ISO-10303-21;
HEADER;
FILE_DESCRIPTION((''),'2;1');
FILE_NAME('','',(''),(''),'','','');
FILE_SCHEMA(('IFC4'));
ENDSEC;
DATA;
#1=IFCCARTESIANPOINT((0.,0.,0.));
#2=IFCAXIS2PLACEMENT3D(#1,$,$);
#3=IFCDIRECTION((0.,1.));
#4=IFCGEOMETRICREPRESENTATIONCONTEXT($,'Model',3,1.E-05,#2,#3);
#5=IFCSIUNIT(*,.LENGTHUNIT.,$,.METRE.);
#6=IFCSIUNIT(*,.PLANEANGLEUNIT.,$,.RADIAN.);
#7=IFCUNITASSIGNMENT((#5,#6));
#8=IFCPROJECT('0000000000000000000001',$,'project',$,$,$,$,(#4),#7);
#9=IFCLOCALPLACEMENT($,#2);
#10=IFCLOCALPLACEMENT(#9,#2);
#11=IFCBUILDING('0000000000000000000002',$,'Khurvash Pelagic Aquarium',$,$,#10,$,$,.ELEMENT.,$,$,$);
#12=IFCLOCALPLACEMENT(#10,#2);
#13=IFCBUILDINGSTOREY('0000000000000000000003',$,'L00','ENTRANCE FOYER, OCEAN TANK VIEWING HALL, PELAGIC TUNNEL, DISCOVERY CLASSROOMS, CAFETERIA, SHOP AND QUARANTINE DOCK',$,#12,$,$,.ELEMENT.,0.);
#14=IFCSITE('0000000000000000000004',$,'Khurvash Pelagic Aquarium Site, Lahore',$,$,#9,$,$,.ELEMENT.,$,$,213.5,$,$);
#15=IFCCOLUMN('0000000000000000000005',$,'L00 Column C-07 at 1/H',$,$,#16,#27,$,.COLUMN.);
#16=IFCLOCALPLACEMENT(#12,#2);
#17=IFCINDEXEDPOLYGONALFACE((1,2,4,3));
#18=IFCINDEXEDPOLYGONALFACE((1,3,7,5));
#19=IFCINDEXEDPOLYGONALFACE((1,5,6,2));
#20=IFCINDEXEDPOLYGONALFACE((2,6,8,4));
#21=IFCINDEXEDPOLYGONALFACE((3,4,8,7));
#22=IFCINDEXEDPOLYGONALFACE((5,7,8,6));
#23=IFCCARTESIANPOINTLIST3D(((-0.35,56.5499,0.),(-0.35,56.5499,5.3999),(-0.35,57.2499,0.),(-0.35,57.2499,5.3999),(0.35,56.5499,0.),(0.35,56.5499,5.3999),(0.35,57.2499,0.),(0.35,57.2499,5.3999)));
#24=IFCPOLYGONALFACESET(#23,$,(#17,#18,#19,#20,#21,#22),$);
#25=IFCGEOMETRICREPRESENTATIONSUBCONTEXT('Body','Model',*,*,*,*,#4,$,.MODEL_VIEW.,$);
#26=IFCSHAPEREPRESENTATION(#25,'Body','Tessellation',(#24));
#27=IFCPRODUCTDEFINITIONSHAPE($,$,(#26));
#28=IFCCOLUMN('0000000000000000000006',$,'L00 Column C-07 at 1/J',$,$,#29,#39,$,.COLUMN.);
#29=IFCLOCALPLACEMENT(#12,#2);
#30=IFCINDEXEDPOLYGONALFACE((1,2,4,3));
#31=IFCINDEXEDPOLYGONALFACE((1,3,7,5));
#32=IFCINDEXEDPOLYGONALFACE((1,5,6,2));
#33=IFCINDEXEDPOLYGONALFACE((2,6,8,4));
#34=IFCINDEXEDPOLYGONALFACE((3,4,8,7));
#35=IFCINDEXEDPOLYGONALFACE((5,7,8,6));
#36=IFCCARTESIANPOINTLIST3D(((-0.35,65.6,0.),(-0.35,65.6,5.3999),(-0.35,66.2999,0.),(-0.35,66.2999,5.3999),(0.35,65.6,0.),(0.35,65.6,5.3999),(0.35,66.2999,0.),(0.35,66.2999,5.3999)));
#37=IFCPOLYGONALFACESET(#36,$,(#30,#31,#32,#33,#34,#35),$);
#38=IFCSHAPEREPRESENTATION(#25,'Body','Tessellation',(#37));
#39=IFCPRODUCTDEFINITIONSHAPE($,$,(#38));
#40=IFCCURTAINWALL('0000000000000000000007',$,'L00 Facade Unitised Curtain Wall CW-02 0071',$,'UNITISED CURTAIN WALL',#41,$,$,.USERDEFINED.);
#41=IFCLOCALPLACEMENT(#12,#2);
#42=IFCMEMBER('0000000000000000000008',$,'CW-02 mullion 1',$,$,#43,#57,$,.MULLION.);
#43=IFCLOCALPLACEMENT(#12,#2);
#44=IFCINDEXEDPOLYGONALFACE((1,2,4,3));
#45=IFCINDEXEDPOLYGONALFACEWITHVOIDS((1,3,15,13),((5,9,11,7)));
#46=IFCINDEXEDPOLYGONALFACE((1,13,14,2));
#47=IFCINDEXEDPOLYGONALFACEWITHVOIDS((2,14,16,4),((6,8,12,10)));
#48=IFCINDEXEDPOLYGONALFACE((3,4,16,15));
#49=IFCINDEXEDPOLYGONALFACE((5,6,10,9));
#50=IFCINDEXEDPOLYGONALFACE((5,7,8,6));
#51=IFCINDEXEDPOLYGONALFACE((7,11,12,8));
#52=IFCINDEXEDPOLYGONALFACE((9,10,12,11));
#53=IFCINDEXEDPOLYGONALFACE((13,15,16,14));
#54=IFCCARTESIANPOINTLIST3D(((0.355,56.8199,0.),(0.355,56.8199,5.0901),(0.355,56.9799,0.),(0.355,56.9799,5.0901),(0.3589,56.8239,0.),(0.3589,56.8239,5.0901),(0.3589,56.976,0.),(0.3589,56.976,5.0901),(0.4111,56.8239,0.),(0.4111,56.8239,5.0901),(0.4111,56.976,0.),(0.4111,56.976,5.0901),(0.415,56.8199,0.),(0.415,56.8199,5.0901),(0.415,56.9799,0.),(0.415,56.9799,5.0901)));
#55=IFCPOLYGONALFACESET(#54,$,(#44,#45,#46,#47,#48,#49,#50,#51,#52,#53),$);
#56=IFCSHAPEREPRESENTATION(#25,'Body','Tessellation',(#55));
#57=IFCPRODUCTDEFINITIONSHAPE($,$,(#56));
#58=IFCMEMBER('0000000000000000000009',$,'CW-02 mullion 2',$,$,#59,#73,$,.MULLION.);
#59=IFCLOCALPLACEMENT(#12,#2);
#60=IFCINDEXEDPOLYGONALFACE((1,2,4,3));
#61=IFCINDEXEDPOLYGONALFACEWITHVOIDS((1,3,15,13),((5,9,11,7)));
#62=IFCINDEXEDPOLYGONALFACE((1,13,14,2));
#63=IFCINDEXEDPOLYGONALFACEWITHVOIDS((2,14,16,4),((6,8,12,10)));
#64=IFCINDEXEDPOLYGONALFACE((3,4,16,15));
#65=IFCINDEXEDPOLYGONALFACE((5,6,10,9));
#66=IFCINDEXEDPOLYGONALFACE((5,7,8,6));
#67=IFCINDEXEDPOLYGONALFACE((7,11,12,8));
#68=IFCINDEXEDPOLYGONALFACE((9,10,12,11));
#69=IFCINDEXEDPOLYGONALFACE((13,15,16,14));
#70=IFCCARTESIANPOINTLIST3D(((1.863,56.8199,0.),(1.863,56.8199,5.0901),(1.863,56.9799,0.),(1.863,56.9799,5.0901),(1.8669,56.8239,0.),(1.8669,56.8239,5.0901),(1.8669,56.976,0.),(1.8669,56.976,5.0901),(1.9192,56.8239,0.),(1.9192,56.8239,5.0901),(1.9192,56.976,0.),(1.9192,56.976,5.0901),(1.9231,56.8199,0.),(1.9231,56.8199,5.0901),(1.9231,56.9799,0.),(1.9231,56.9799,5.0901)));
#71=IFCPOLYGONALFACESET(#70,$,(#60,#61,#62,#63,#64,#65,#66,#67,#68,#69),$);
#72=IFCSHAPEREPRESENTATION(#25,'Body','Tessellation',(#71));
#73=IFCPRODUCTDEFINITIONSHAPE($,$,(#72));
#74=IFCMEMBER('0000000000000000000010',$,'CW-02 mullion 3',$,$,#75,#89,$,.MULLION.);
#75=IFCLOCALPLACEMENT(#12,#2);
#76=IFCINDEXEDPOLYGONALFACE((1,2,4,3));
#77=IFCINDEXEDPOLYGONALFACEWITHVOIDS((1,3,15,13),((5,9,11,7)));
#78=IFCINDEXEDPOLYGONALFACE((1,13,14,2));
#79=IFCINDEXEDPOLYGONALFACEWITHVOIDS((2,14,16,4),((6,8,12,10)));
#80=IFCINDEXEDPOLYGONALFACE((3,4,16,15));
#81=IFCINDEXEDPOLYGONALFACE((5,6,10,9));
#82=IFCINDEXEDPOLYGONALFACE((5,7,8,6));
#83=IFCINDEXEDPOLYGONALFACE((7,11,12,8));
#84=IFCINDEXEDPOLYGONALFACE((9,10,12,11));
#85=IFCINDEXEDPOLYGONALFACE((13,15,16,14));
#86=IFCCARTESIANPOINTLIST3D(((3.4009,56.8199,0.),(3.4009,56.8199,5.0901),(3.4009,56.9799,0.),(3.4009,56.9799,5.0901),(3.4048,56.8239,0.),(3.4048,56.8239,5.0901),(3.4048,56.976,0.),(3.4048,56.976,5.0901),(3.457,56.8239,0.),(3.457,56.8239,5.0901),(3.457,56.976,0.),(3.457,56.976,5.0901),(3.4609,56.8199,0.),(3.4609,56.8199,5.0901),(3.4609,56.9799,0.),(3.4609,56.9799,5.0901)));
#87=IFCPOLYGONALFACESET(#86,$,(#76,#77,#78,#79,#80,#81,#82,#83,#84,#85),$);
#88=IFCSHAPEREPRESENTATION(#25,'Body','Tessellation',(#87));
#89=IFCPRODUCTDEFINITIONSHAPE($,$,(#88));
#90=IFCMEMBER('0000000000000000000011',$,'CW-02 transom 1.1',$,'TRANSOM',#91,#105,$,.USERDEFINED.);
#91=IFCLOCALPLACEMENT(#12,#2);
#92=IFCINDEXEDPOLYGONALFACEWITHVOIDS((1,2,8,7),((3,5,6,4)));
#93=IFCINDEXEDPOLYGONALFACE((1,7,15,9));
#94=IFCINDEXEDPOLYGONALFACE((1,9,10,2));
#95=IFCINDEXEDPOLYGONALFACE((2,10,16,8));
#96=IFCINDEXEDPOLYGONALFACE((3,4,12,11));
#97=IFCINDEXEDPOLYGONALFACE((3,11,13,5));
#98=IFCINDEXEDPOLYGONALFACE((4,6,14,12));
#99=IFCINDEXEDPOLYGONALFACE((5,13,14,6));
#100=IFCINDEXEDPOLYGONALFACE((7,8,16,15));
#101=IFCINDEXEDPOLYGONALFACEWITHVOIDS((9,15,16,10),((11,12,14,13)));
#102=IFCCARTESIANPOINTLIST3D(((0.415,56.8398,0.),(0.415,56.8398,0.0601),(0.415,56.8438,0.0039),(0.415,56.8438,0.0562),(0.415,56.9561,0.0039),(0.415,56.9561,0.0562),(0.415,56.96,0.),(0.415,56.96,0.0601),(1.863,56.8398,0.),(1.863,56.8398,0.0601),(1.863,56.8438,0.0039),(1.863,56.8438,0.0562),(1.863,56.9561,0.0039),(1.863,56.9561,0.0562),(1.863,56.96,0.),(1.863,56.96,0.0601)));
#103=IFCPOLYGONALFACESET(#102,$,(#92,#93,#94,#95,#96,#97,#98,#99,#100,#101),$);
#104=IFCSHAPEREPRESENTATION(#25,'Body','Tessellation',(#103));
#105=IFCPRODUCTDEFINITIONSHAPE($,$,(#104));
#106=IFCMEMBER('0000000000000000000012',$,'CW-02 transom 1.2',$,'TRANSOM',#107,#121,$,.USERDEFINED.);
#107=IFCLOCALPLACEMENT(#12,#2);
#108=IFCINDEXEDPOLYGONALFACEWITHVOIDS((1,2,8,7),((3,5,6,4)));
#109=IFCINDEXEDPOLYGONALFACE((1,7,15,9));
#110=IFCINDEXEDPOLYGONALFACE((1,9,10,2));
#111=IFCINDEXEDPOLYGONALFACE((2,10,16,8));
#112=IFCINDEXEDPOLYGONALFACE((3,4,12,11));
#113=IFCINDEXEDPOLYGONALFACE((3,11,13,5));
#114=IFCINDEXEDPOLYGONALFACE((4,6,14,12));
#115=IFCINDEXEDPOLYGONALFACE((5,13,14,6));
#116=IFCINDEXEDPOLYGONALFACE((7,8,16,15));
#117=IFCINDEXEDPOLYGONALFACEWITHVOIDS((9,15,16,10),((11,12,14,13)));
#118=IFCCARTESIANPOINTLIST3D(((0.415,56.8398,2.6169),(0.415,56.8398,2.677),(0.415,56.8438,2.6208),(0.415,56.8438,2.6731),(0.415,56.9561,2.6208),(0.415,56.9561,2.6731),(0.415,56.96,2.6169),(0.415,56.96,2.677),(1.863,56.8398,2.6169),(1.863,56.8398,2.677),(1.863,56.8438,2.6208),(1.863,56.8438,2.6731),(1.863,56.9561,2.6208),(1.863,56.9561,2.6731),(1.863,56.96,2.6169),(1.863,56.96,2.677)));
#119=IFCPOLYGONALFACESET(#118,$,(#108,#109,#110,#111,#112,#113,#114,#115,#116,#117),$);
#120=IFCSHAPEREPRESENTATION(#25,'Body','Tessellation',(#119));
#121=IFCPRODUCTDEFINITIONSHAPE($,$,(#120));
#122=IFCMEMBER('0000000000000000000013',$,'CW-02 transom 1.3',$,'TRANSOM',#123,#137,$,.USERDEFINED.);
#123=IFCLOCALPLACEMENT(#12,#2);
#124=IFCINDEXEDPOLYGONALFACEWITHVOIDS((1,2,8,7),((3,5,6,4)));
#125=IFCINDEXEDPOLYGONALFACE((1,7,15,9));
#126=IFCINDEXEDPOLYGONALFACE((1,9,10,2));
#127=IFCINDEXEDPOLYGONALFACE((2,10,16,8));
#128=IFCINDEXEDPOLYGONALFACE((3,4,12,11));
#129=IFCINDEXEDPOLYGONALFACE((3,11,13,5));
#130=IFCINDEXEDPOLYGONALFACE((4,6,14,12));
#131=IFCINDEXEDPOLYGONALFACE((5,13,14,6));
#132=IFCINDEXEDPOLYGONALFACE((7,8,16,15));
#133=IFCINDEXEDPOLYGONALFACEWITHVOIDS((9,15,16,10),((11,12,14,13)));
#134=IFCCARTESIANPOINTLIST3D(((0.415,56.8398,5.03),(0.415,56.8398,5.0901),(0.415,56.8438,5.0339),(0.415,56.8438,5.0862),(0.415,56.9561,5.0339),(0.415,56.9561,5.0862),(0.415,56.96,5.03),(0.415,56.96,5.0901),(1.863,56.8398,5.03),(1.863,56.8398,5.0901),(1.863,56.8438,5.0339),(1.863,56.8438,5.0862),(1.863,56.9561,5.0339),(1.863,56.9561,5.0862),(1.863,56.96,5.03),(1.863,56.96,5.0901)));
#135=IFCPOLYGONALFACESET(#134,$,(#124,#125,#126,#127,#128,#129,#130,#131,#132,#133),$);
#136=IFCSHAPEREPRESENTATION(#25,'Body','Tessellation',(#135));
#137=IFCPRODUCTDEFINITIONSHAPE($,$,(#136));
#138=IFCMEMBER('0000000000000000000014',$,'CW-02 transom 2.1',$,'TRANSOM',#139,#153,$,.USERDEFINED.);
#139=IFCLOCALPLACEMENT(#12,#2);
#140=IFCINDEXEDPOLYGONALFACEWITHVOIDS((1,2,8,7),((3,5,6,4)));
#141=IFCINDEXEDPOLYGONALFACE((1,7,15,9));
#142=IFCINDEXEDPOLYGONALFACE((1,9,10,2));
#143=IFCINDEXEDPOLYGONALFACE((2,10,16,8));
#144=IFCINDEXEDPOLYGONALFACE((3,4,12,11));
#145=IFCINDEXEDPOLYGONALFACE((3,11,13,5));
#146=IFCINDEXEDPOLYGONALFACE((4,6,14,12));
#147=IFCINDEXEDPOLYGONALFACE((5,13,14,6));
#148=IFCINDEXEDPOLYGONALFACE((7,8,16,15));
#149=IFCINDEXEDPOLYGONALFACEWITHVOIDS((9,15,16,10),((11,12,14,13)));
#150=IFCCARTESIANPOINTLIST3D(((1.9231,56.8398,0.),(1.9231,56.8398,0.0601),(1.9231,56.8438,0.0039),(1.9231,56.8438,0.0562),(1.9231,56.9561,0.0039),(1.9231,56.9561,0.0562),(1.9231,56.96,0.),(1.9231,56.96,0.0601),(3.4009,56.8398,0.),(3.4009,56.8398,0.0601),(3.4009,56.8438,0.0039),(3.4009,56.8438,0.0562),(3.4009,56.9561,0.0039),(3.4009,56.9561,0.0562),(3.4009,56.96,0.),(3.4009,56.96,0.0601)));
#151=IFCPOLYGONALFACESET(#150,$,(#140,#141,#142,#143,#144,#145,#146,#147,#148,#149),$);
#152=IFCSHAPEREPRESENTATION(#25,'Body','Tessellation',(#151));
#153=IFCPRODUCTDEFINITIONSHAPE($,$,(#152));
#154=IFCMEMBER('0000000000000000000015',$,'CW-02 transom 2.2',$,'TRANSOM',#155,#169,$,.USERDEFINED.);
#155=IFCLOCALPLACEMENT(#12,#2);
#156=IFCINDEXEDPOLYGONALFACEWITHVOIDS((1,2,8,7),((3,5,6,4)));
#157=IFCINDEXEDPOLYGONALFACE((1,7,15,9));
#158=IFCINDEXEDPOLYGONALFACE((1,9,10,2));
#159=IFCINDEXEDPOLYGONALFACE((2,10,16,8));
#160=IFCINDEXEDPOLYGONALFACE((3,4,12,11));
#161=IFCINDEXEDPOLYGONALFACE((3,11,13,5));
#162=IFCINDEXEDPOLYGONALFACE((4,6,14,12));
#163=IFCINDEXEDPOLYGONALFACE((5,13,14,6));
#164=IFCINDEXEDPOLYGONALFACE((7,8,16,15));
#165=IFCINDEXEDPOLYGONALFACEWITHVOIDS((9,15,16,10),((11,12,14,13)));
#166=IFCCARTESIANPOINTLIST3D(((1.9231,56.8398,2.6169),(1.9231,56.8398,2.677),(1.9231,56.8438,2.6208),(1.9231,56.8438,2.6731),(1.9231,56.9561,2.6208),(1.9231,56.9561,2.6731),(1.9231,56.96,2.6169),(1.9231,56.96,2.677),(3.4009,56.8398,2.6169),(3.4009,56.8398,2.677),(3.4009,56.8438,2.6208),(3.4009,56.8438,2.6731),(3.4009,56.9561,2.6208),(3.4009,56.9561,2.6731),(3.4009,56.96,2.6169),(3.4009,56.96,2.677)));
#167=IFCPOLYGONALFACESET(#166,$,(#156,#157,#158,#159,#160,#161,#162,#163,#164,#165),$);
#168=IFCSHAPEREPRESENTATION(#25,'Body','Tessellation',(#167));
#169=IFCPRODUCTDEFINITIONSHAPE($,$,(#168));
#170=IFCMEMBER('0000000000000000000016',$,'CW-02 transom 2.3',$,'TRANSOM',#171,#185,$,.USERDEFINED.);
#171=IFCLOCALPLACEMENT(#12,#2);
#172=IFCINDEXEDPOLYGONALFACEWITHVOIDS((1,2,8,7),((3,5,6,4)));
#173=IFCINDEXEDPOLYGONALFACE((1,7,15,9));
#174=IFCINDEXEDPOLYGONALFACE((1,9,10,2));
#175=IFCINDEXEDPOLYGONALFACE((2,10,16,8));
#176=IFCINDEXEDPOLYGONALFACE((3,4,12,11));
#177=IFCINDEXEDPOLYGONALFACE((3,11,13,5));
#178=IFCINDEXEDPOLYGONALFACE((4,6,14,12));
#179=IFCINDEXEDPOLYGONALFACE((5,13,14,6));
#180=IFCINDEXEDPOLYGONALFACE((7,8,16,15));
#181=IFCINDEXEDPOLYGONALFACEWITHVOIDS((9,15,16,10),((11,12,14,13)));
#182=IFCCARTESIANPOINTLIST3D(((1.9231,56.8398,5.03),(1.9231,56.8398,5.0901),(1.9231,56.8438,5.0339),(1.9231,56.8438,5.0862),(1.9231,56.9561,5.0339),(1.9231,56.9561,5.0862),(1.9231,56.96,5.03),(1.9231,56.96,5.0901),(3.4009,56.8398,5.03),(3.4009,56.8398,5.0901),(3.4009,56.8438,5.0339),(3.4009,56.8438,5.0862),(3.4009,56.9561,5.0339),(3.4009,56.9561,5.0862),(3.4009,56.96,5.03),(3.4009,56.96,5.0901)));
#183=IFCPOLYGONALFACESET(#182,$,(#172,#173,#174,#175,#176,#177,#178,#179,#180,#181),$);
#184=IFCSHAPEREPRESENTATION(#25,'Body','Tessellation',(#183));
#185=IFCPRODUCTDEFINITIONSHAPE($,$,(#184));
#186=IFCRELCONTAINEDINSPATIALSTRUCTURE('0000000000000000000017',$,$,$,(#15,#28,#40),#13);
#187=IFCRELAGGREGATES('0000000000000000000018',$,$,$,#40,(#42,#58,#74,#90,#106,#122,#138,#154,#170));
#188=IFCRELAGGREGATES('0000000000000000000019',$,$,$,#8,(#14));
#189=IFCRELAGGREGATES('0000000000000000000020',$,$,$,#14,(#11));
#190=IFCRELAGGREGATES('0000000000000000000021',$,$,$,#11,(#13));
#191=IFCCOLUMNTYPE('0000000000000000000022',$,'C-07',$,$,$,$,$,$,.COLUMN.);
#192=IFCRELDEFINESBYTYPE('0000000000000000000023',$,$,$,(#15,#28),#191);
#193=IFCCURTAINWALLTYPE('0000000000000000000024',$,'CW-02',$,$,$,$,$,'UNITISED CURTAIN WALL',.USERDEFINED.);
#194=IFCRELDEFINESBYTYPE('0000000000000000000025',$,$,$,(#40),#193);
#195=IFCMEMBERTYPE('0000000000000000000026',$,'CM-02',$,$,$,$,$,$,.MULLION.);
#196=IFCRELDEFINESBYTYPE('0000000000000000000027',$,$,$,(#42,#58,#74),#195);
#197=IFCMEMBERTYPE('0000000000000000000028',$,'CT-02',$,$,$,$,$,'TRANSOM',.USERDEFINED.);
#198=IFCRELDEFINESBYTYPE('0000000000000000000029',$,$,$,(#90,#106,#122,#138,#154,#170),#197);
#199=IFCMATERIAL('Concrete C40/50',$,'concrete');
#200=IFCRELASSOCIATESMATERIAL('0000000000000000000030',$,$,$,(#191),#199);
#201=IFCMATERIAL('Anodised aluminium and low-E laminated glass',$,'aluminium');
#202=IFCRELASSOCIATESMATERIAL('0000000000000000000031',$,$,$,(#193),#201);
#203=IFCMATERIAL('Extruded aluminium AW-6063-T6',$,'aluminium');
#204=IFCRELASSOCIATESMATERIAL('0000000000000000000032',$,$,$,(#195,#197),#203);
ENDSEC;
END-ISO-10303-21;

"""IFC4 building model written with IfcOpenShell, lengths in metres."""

from ifc_helpers import new_model, si_unit, direction, frame, origin, origin_2d, place, context, subcontext, project, spatial, rectangle, hollow_rectangle, extrude, material, material_profile, profile_set, type_object, element, aggregate, save


model = new_model("IFC4")

# Units and contexts
model_context = context("Model", 3, precision=1e-05, world=origin(), true_north=direction((0.0, 1.0)))
body_context = subcontext(model_context, "Body", "Model", "MODEL_VIEW")
ifc_project = project(units=[si_unit("LENGTHUNIT", "METRE"), si_unit("PLANEANGLEUNIT", "RADIAN")], contexts=[model_context])

# Site, building, storey
site_placement = place(None, origin())
site = spatial("IfcSite", under=ifc_project, at=site_placement, Name="Khurvash Pelagic Aquarium Site, Lahore", CompositionType="ELEMENT", RefElevation=213.5)
building_placement = place(site_placement, origin())
building = spatial("IfcBuilding", under=site, at=building_placement, Name="Khurvash Pelagic Aquarium", CompositionType="ELEMENT")
storey_placement = place(building_placement, origin())
storey = spatial("IfcBuildingStorey", under=building, at=storey_placement, Name="L00", Description="ENTRANCE FOYER, OCEAN TANK VIEWING HALL, PELAGIC TUNNEL, DISCOVERY CLASSROOMS, CAFETERIA, SHOP AND QUARANTINE DOCK", CompositionType="ELEMENT", Elevation=0.0)

# Columns
ifc_material_1 = material(Name="Concrete C40/50", Category="concrete")
ifc_material_profile_1 = material_profile(ifc_material_1, rectangle(XDim=0.7, YDim=0.7, at=origin_2d()), Name="RC700X700")
ifc_profile_set_1 = profile_set([ifc_material_profile_1], Name="Concrete C40/50")
column_type = type_object("IfcColumnType", Name="C-07", PredefinedType="COLUMN", material=ifc_profile_set_1)
for number, where, z_axis, x_axis, name in (
    (1, (0.0, 56.8999, 0.0), (0.0, 0.0, 1.0), (1.0, 0.0, 0.0), "L00 Column C-07 at 1/H"),
    (2, (0.0, 65.95, 0.0), (0.0, 0.0, 1.0), (1.0, 0.0, 0.0), "L00 Column C-07 at 1/J"),
):
    element("IfcColumn", number, at=place(storey_placement, frame(where, z_axis=z_axis, x_axis=x_axis)), inside=storey, type_object=column_type, Name=name, PredefinedType="COLUMN", context=body_context, shape_type="SweptSolid", body=[
        extrude(rectangle(XDim=0.7, YDim=0.7, at=origin_2d()), origin(), (0.0, 0.0, 1.0), 5.3999),
    ])

# Curtain wall, members
ifc_material_2 = material(Name="Anodised aluminium and low-E laminated glass", Category="aluminium")
curtain_wall_type = type_object("IfcCurtainWallType", Name="CW-02", ElementType="UNITISED CURTAIN WALL", PredefinedType="USERDEFINED", material=ifc_material_2)
curtain_wall_placement = place(storey_placement, origin())
curtain_wall = element("IfcCurtainWall", 3, at=curtain_wall_placement, inside=storey, type_object=curtain_wall_type, Name="L00 Facade Unitised Curtain Wall CW-02 0071", ObjectType="UNITISED CURTAIN WALL", PredefinedType="USERDEFINED")
ifc_material_3 = material(Name="Extruded aluminium AW-6063-T6", Category="aluminium")
ifc_material_profile_2 = material_profile(ifc_material_3, hollow_rectangle(XDim=0.0601, YDim=0.1599, WallThickness=0.0039, at=origin_2d()), Name="CWM60X160X4")
ifc_profile_set_2 = profile_set([ifc_material_profile_2], Name="Extruded aluminium AW-6063-T6")
member_type_1 = type_object("IfcMemberType", Name="CM-02", PredefinedType="MULLION", material=ifc_profile_set_2)
member_1_placement = place(storey_placement, frame((0.385, 56.8999, 0.0), z_axis=(0.0, 0.0, 1.0), x_axis=(1.0, 0.0, 0.0)))
member_1 = element("IfcMember", 4, at=member_1_placement, type_object=member_type_1, Name="CW-02 mullion 1", PredefinedType="MULLION", context=body_context, shape_type="SweptSolid", body=[
    extrude(hollow_rectangle(XDim=0.0601, YDim=0.1599, WallThickness=0.0039, at=origin_2d()), origin(), (0.0, 0.0, 1.0), 5.0901),
])
member_2_placement = place(storey_placement, frame((1.8931, 56.8999, 0.0), z_axis=(0.0, 0.0, 1.0), x_axis=(1.0, 0.0, 0.0)))
member_2 = element("IfcMember", 5, at=member_2_placement, type_object=member_type_1, Name="CW-02 mullion 2", PredefinedType="MULLION", context=body_context, shape_type="SweptSolid", body=[
    extrude(hollow_rectangle(XDim=0.0601, YDim=0.1599, WallThickness=0.0039, at=origin_2d()), origin(), (0.0, 0.0, 1.0), 5.0901),
])
member_3_placement = place(storey_placement, frame((3.4309, 56.8999, 0.0), z_axis=(0.0, 0.0, 1.0), x_axis=(1.0, 0.0, 0.0)))
member_3 = element("IfcMember", 6, at=member_3_placement, type_object=member_type_1, Name="CW-02 mullion 3", PredefinedType="MULLION", context=body_context, shape_type="SweptSolid", body=[
    extrude(hollow_rectangle(XDim=0.0601, YDim=0.1599, WallThickness=0.0039, at=origin_2d()), origin(), (0.0, 0.0, 1.0), 5.0901),
])
ifc_material_profile_3 = material_profile(ifc_material_3, hollow_rectangle(XDim=0.1201, YDim=0.0601, WallThickness=0.0039, at=origin_2d()), Name="CWT120X60X4")
ifc_profile_set_3 = profile_set([ifc_material_profile_3], Name="Extruded aluminium AW-6063-T6")
member_type_2 = type_object("IfcMemberType", Name="CT-02", ElementType="TRANSOM", PredefinedType="USERDEFINED", material=ifc_profile_set_3)
member_4_placement = place(storey_placement, frame((0.415, 56.8999, 0.03), z_axis=(1.0, 0.0, 0.0), x_axis=(0.0, 1.0, 0.0)))
member_4 = element("IfcMember", 7, at=member_4_placement, type_object=member_type_2, Name="CW-02 transom 1.1", ObjectType="TRANSOM", PredefinedType="USERDEFINED", context=body_context, shape_type="SweptSolid", body=[
    extrude(hollow_rectangle(XDim=0.1201, YDim=0.0601, WallThickness=0.0039, at=origin_2d()), origin(), (0.0, 0.0, 1.0), 1.448),
])
member_5_placement = place(storey_placement, frame((0.415, 56.8999, 2.647), z_axis=(1.0, 0.0, 0.0), x_axis=(0.0, 1.0, 0.0)))
member_5 = element("IfcMember", 8, at=member_5_placement, type_object=member_type_2, Name="CW-02 transom 1.2", ObjectType="TRANSOM", PredefinedType="USERDEFINED", context=body_context, shape_type="SweptSolid", body=[
    extrude(hollow_rectangle(XDim=0.1201, YDim=0.0601, WallThickness=0.0039, at=origin_2d()), origin(), (0.0, 0.0, 1.0), 1.448),
])
member_6_placement = place(storey_placement, frame((0.415, 56.8999, 5.0601), z_axis=(1.0, 0.0, 0.0), x_axis=(0.0, 1.0, 0.0)))
member_6 = element("IfcMember", 9, at=member_6_placement, type_object=member_type_2, Name="CW-02 transom 1.3", ObjectType="TRANSOM", PredefinedType="USERDEFINED", context=body_context, shape_type="SweptSolid", body=[
    extrude(hollow_rectangle(XDim=0.1201, YDim=0.0601, WallThickness=0.0039, at=origin_2d()), origin(), (0.0, 0.0, 1.0), 1.448),
])
member_7_placement = place(storey_placement, frame((1.9231, 56.8999, 0.03), z_axis=(1.0, 0.0, 0.0), x_axis=(0.0, 1.0, 0.0)))
member_7 = element("IfcMember", 10, at=member_7_placement, type_object=member_type_2, Name="CW-02 transom 2.1", ObjectType="TRANSOM", PredefinedType="USERDEFINED", context=body_context, shape_type="SweptSolid", body=[
    extrude(hollow_rectangle(XDim=0.1201, YDim=0.0601, WallThickness=0.0039, at=origin_2d()), origin(), (0.0, 0.0, 1.0), 1.4778),
])
member_8_placement = place(storey_placement, frame((1.9231, 56.8999, 2.647), z_axis=(1.0, 0.0, 0.0), x_axis=(0.0, 1.0, 0.0)))
member_8 = element("IfcMember", 11, at=member_8_placement, type_object=member_type_2, Name="CW-02 transom 2.2", ObjectType="TRANSOM", PredefinedType="USERDEFINED", context=body_context, shape_type="SweptSolid", body=[
    extrude(hollow_rectangle(XDim=0.1201, YDim=0.0601, WallThickness=0.0039, at=origin_2d()), origin(), (0.0, 0.0, 1.0), 1.4778),
])
member_9_placement = place(storey_placement, frame((1.9231, 56.8999, 5.0601), z_axis=(1.0, 0.0, 0.0), x_axis=(0.0, 1.0, 0.0)))
member_9 = element("IfcMember", 12, at=member_9_placement, type_object=member_type_2, Name="CW-02 transom 2.3", ObjectType="TRANSOM", PredefinedType="USERDEFINED", context=body_context, shape_type="SweptSolid", body=[
    extrude(hollow_rectangle(XDim=0.1201, YDim=0.0601, WallThickness=0.0039, at=origin_2d()), origin(), (0.0, 0.0, 1.0), 1.4778),
])
aggregate(curtain_wall, [member_1, member_2, member_3, member_4, member_5, member_6, member_7, member_8, member_9])

save(model, "model.ifc")
